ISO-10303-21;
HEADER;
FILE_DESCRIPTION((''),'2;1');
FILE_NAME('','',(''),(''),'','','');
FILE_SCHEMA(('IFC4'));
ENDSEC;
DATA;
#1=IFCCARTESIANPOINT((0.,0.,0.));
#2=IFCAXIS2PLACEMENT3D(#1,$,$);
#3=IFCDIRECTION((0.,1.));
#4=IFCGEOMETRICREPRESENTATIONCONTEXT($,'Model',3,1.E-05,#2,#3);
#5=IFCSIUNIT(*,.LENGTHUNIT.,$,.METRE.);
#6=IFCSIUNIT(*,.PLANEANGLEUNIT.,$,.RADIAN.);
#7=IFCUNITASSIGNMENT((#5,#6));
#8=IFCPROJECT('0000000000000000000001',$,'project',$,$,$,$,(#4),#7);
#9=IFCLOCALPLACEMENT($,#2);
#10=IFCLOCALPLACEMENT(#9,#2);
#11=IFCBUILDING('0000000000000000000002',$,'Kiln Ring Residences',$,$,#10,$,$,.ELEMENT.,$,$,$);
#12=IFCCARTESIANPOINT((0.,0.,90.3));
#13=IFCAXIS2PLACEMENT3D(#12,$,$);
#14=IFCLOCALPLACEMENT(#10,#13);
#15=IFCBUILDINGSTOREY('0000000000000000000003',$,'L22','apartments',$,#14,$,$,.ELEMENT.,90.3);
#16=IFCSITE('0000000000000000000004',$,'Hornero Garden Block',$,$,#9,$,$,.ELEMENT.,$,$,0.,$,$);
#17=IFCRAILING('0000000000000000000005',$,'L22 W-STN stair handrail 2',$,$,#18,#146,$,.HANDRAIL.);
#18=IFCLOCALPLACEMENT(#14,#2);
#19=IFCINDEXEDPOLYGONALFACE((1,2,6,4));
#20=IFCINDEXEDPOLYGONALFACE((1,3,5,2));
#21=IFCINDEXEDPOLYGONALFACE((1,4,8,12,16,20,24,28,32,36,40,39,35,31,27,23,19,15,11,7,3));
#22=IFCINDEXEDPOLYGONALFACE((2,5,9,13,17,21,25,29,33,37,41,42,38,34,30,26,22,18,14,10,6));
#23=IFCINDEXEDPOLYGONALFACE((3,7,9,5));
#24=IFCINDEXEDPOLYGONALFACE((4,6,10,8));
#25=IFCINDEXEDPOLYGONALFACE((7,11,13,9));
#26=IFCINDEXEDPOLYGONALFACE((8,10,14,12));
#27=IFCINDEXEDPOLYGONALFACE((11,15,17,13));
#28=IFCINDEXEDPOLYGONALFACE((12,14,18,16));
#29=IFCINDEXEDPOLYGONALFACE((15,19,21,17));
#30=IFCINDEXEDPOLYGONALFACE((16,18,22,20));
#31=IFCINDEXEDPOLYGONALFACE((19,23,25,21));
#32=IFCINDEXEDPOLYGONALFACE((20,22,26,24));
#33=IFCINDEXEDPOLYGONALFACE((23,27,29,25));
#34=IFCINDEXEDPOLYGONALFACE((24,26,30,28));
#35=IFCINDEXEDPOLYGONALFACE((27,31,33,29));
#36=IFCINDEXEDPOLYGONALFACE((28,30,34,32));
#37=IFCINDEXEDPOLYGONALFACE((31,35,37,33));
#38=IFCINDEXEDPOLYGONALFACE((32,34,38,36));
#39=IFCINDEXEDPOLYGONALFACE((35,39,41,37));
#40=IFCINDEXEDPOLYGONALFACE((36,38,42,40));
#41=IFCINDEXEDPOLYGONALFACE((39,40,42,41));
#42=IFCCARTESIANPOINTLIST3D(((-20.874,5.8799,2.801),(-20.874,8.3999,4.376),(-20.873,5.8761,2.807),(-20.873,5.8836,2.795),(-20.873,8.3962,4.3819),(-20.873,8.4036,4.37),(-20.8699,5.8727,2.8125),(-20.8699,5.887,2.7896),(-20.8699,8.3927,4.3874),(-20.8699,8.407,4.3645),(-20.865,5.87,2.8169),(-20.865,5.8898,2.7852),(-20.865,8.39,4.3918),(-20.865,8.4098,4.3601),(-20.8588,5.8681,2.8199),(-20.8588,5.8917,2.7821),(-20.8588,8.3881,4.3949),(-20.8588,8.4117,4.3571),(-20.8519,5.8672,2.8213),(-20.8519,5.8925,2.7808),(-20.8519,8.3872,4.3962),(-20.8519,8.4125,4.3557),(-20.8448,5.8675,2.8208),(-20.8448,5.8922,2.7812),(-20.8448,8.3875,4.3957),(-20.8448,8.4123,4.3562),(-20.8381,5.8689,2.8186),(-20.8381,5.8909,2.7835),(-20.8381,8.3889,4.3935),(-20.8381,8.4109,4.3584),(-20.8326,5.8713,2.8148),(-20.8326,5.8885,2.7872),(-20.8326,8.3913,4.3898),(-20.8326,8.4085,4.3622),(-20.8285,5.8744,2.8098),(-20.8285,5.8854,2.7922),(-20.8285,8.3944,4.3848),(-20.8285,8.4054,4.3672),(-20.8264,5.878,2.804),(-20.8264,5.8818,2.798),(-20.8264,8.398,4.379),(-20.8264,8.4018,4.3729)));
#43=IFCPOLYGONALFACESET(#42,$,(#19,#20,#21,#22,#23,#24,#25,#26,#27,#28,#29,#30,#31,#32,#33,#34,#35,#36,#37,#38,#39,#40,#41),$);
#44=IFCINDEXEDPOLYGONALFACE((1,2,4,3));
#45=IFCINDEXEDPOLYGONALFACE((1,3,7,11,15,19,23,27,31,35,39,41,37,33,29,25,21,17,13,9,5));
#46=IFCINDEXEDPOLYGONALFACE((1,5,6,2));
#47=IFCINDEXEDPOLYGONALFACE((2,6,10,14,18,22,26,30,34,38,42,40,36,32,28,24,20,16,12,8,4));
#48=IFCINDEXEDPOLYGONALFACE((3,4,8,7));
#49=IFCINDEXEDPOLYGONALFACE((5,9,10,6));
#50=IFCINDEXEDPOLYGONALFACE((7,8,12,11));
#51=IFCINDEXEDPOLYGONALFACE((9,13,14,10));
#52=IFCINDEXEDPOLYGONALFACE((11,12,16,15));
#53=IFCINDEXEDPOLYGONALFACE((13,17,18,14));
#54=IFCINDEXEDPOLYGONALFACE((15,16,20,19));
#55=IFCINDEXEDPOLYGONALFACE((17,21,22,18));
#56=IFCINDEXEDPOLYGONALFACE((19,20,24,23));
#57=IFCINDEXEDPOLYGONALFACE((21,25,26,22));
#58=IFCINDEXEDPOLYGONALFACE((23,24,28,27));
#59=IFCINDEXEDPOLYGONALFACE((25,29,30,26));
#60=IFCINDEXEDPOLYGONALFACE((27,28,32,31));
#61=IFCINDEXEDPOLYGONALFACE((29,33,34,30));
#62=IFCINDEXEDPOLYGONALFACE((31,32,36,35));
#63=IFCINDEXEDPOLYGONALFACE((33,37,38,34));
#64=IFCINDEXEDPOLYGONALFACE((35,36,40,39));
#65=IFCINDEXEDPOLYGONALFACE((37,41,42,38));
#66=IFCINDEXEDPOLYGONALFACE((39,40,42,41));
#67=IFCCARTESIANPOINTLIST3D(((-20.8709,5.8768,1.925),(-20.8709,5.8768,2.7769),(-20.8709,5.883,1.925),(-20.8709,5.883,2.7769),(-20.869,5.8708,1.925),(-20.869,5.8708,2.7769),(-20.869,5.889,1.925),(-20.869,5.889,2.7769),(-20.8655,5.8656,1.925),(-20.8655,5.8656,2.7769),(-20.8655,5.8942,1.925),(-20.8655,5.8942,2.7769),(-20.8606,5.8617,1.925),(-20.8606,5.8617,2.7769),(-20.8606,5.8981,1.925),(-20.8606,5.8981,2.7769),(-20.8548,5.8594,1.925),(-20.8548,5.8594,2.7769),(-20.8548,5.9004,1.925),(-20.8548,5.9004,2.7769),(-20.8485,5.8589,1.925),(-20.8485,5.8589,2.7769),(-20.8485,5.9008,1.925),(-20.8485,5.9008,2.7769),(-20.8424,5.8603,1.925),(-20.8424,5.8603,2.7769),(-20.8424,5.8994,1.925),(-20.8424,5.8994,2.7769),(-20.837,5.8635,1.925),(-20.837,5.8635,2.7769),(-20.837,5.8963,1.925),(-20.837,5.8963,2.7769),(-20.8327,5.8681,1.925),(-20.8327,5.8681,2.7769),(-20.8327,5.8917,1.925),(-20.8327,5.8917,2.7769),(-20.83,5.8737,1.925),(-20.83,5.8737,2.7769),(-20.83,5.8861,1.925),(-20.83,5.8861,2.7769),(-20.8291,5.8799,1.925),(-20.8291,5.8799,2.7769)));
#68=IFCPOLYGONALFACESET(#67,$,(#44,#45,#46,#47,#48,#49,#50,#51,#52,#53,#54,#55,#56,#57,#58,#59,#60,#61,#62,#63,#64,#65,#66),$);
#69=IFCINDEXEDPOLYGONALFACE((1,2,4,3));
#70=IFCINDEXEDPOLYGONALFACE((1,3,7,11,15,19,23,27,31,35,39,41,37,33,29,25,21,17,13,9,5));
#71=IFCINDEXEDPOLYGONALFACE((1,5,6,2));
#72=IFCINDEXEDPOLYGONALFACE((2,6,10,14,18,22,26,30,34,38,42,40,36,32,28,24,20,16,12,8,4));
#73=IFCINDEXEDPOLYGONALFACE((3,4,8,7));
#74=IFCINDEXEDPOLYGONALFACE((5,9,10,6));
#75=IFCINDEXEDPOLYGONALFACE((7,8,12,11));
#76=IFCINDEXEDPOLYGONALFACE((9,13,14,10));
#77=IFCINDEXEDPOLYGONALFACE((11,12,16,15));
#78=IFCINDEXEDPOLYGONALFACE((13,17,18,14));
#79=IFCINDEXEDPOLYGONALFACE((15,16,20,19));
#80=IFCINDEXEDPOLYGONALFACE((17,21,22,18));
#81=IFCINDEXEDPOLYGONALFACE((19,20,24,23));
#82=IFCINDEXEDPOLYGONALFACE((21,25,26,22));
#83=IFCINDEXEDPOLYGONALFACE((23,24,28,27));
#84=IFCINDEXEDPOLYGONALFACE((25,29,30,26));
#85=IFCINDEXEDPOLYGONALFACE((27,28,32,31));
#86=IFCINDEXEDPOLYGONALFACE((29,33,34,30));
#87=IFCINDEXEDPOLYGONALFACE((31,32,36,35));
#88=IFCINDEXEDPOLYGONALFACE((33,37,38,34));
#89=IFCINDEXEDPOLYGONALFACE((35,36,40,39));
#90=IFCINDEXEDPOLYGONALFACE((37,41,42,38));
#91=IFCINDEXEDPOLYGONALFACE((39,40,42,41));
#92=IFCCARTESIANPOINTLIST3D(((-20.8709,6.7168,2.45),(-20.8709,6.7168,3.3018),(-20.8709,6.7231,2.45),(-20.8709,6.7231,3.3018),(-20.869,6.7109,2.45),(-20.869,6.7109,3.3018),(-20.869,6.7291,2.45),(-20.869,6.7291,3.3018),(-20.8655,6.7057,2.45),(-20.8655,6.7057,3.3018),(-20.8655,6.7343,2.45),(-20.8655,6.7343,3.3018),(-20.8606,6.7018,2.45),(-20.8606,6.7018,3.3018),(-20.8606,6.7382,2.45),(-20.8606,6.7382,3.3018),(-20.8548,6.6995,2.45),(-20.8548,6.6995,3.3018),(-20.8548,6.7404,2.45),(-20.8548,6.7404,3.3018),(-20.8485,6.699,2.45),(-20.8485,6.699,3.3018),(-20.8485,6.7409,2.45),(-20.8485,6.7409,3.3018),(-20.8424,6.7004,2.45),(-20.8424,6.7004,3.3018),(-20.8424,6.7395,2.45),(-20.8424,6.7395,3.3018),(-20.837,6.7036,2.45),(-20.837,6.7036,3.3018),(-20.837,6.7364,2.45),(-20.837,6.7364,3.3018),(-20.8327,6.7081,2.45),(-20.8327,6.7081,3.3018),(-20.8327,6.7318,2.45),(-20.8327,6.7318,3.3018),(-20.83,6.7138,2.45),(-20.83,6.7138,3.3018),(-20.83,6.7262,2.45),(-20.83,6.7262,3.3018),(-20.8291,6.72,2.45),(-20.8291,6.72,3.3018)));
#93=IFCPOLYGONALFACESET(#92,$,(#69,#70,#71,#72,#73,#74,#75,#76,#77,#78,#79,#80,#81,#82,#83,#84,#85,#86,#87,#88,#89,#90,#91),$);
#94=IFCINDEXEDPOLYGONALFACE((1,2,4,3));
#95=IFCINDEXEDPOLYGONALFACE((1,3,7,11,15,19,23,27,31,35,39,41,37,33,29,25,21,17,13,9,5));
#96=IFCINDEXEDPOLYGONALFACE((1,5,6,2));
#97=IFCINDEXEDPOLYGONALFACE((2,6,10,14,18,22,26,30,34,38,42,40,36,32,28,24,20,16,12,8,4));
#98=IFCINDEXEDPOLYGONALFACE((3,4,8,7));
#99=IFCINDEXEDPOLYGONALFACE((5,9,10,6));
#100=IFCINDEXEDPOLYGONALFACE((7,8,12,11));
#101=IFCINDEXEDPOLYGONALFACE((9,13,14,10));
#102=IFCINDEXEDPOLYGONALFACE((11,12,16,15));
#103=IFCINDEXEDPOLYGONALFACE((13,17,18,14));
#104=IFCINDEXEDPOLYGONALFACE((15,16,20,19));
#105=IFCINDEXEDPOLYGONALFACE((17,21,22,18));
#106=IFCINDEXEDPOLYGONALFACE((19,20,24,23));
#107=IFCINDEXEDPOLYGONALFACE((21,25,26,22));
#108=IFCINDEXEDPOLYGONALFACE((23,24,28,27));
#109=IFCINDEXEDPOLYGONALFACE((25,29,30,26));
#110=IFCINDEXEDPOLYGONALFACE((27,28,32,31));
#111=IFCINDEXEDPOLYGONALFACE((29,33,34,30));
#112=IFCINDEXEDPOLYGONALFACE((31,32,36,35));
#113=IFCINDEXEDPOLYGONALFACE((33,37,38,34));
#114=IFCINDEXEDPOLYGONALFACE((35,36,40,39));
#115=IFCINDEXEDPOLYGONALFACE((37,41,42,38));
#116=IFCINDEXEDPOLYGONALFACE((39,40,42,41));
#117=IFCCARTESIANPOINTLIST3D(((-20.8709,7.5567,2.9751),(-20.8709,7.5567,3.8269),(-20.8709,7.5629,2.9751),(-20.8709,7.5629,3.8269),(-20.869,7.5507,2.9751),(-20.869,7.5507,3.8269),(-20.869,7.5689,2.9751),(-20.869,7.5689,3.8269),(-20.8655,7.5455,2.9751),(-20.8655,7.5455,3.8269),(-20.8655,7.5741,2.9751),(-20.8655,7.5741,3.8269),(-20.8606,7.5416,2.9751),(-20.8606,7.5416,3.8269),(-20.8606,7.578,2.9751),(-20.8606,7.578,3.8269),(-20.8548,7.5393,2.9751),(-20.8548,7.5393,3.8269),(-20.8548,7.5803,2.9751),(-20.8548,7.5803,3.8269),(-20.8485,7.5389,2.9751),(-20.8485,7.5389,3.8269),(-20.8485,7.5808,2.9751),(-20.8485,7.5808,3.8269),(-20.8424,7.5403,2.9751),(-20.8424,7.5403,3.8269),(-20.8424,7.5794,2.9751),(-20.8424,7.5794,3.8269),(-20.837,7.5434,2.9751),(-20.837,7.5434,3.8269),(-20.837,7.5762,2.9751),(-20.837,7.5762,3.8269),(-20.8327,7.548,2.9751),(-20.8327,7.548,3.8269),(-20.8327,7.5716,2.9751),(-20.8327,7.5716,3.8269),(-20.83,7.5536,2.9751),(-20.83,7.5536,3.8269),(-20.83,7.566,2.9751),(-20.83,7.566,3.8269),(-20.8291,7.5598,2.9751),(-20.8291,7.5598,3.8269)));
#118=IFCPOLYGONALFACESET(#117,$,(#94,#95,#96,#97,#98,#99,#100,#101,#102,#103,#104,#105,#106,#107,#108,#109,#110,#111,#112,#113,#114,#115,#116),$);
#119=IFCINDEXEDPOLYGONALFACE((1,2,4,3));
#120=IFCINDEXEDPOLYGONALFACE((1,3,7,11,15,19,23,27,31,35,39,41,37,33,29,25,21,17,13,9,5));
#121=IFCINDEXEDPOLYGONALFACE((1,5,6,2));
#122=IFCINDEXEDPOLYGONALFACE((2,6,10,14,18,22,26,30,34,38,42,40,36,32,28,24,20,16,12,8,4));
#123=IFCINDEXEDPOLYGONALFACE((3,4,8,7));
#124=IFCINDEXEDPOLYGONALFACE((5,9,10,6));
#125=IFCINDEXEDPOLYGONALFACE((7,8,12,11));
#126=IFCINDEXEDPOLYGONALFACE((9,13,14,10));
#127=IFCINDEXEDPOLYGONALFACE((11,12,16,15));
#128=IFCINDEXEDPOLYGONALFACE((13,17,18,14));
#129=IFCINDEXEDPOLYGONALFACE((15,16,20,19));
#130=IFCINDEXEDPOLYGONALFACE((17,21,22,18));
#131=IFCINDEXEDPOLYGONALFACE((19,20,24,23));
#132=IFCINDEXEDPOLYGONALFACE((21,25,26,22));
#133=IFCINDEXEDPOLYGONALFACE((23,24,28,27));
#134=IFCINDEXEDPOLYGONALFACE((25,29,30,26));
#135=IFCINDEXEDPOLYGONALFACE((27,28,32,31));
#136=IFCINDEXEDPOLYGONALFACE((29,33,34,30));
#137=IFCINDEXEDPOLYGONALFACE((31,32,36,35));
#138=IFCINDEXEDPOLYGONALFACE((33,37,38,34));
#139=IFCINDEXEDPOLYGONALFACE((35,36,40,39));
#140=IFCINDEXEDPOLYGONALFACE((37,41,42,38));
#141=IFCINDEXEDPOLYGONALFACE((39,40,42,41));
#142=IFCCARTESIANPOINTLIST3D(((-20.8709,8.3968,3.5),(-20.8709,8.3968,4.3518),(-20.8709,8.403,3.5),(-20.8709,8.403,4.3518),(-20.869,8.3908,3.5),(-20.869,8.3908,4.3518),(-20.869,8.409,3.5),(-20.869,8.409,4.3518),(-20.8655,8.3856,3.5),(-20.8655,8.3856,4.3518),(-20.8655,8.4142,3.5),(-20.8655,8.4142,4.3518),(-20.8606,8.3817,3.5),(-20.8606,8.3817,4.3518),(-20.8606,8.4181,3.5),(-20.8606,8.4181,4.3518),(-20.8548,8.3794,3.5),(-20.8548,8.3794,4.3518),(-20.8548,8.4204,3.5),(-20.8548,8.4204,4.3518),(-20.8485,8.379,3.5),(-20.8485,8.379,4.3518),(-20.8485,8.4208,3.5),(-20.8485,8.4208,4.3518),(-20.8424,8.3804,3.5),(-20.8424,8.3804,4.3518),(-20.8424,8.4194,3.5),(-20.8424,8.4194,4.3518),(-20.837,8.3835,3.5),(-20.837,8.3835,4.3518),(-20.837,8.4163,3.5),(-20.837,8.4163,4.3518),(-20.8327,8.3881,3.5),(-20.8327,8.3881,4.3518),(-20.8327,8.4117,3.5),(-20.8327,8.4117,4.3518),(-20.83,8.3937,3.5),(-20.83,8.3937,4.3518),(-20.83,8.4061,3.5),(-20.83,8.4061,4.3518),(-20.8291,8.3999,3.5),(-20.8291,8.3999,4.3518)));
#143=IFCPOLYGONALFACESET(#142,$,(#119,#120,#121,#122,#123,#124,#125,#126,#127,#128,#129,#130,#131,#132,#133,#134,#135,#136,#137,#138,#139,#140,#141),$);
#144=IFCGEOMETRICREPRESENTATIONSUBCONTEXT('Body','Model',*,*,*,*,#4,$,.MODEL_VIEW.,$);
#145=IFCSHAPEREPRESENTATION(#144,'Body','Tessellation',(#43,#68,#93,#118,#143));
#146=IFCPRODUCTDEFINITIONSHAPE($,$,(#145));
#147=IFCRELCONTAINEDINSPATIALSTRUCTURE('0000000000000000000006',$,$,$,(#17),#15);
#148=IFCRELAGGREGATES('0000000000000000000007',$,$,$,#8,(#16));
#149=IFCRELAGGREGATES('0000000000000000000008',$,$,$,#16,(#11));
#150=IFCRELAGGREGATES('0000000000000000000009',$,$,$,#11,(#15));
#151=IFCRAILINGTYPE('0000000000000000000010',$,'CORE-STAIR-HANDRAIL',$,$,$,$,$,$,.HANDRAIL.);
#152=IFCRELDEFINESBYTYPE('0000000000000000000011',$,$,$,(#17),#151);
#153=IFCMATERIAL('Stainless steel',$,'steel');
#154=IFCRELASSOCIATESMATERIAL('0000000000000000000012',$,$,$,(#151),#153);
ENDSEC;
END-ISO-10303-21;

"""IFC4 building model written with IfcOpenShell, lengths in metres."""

from ifc_helpers import new_model, si_unit, direction, frame, origin, origin_2d, place, context, subcontext, project, spatial, circle, extrude, material, type_object, element, save


model = new_model("IFC4")

# Units and contexts
model_context = context("Model", 3, precision=1e-05, world=origin(), true_north=direction((0.0, 1.0)))
body_context = subcontext(model_context, "Body", "Model", "MODEL_VIEW")
ifc_project = project(units=[si_unit("LENGTHUNIT", "METRE"), si_unit("PLANEANGLEUNIT", "RADIAN")], contexts=[model_context])

# Site, building, storey
site_placement = place(None, origin())
site = spatial("IfcSite", under=ifc_project, at=site_placement, Name="Hornero Garden Block", CompositionType="ELEMENT", RefElevation=0.0)
building_placement = place(site_placement, origin())
building = spatial("IfcBuilding", under=site, at=building_placement, Name="Kiln Ring Residences", CompositionType="ELEMENT")
storey_placement = place(building_placement, frame((0.0, 0.0, 90.3)))
storey = spatial("IfcBuildingStorey", under=building, at=storey_placement, Name="L22", Description="apartments", CompositionType="ELEMENT", Elevation=90.3)

# Railing
ifc_material_1 = material(Name="Stainless steel", Category="steel")
railing_type_1 = type_object("IfcRailingType", Name="CORE-STAIR-HANDRAIL", PredefinedType="HANDRAIL", material=ifc_material_1)
railing_1_placement = place(storey_placement, frame((-20.8501, 5.8799, 1.925)))
element("IfcRailing", 1, at=railing_1_placement, inside=storey, type_object=railing_type_1, Name="L22 W-STN stair handrail 2", PredefinedType="HANDRAIL", context=body_context, shape_type="SweptSolid", body=[
    extrude(circle(Radius=0.0239, at=origin_2d()), frame((0.0, 0.0, 0.876), z_axis=(0.0, 0.848008, 0.529984), x_axis=(-1.0, 0.0, 0.0)), (0.0, 0.0, 1.0), 2.9717),
    extrude(circle(Radius=0.021, at=origin_2d()), origin(), (0.0, 0.0, 1.0), 0.8518),
    extrude(circle(Radius=0.021, at=origin_2d()), frame((0.0, 0.8401, 0.5249)), (0.0, 0.0, 1.0), 0.8518),
    extrude(circle(Radius=0.021, at=origin_2d()), frame((0.0, 1.6799, 1.05)), (0.0, 0.0, 1.0), 0.8518),
    extrude(circle(Radius=0.021, at=origin_2d()), frame((0.0, 2.52, 1.575)), (0.0, 0.0, 1.0), 0.8518),
])

save(model, "model.ifc")
